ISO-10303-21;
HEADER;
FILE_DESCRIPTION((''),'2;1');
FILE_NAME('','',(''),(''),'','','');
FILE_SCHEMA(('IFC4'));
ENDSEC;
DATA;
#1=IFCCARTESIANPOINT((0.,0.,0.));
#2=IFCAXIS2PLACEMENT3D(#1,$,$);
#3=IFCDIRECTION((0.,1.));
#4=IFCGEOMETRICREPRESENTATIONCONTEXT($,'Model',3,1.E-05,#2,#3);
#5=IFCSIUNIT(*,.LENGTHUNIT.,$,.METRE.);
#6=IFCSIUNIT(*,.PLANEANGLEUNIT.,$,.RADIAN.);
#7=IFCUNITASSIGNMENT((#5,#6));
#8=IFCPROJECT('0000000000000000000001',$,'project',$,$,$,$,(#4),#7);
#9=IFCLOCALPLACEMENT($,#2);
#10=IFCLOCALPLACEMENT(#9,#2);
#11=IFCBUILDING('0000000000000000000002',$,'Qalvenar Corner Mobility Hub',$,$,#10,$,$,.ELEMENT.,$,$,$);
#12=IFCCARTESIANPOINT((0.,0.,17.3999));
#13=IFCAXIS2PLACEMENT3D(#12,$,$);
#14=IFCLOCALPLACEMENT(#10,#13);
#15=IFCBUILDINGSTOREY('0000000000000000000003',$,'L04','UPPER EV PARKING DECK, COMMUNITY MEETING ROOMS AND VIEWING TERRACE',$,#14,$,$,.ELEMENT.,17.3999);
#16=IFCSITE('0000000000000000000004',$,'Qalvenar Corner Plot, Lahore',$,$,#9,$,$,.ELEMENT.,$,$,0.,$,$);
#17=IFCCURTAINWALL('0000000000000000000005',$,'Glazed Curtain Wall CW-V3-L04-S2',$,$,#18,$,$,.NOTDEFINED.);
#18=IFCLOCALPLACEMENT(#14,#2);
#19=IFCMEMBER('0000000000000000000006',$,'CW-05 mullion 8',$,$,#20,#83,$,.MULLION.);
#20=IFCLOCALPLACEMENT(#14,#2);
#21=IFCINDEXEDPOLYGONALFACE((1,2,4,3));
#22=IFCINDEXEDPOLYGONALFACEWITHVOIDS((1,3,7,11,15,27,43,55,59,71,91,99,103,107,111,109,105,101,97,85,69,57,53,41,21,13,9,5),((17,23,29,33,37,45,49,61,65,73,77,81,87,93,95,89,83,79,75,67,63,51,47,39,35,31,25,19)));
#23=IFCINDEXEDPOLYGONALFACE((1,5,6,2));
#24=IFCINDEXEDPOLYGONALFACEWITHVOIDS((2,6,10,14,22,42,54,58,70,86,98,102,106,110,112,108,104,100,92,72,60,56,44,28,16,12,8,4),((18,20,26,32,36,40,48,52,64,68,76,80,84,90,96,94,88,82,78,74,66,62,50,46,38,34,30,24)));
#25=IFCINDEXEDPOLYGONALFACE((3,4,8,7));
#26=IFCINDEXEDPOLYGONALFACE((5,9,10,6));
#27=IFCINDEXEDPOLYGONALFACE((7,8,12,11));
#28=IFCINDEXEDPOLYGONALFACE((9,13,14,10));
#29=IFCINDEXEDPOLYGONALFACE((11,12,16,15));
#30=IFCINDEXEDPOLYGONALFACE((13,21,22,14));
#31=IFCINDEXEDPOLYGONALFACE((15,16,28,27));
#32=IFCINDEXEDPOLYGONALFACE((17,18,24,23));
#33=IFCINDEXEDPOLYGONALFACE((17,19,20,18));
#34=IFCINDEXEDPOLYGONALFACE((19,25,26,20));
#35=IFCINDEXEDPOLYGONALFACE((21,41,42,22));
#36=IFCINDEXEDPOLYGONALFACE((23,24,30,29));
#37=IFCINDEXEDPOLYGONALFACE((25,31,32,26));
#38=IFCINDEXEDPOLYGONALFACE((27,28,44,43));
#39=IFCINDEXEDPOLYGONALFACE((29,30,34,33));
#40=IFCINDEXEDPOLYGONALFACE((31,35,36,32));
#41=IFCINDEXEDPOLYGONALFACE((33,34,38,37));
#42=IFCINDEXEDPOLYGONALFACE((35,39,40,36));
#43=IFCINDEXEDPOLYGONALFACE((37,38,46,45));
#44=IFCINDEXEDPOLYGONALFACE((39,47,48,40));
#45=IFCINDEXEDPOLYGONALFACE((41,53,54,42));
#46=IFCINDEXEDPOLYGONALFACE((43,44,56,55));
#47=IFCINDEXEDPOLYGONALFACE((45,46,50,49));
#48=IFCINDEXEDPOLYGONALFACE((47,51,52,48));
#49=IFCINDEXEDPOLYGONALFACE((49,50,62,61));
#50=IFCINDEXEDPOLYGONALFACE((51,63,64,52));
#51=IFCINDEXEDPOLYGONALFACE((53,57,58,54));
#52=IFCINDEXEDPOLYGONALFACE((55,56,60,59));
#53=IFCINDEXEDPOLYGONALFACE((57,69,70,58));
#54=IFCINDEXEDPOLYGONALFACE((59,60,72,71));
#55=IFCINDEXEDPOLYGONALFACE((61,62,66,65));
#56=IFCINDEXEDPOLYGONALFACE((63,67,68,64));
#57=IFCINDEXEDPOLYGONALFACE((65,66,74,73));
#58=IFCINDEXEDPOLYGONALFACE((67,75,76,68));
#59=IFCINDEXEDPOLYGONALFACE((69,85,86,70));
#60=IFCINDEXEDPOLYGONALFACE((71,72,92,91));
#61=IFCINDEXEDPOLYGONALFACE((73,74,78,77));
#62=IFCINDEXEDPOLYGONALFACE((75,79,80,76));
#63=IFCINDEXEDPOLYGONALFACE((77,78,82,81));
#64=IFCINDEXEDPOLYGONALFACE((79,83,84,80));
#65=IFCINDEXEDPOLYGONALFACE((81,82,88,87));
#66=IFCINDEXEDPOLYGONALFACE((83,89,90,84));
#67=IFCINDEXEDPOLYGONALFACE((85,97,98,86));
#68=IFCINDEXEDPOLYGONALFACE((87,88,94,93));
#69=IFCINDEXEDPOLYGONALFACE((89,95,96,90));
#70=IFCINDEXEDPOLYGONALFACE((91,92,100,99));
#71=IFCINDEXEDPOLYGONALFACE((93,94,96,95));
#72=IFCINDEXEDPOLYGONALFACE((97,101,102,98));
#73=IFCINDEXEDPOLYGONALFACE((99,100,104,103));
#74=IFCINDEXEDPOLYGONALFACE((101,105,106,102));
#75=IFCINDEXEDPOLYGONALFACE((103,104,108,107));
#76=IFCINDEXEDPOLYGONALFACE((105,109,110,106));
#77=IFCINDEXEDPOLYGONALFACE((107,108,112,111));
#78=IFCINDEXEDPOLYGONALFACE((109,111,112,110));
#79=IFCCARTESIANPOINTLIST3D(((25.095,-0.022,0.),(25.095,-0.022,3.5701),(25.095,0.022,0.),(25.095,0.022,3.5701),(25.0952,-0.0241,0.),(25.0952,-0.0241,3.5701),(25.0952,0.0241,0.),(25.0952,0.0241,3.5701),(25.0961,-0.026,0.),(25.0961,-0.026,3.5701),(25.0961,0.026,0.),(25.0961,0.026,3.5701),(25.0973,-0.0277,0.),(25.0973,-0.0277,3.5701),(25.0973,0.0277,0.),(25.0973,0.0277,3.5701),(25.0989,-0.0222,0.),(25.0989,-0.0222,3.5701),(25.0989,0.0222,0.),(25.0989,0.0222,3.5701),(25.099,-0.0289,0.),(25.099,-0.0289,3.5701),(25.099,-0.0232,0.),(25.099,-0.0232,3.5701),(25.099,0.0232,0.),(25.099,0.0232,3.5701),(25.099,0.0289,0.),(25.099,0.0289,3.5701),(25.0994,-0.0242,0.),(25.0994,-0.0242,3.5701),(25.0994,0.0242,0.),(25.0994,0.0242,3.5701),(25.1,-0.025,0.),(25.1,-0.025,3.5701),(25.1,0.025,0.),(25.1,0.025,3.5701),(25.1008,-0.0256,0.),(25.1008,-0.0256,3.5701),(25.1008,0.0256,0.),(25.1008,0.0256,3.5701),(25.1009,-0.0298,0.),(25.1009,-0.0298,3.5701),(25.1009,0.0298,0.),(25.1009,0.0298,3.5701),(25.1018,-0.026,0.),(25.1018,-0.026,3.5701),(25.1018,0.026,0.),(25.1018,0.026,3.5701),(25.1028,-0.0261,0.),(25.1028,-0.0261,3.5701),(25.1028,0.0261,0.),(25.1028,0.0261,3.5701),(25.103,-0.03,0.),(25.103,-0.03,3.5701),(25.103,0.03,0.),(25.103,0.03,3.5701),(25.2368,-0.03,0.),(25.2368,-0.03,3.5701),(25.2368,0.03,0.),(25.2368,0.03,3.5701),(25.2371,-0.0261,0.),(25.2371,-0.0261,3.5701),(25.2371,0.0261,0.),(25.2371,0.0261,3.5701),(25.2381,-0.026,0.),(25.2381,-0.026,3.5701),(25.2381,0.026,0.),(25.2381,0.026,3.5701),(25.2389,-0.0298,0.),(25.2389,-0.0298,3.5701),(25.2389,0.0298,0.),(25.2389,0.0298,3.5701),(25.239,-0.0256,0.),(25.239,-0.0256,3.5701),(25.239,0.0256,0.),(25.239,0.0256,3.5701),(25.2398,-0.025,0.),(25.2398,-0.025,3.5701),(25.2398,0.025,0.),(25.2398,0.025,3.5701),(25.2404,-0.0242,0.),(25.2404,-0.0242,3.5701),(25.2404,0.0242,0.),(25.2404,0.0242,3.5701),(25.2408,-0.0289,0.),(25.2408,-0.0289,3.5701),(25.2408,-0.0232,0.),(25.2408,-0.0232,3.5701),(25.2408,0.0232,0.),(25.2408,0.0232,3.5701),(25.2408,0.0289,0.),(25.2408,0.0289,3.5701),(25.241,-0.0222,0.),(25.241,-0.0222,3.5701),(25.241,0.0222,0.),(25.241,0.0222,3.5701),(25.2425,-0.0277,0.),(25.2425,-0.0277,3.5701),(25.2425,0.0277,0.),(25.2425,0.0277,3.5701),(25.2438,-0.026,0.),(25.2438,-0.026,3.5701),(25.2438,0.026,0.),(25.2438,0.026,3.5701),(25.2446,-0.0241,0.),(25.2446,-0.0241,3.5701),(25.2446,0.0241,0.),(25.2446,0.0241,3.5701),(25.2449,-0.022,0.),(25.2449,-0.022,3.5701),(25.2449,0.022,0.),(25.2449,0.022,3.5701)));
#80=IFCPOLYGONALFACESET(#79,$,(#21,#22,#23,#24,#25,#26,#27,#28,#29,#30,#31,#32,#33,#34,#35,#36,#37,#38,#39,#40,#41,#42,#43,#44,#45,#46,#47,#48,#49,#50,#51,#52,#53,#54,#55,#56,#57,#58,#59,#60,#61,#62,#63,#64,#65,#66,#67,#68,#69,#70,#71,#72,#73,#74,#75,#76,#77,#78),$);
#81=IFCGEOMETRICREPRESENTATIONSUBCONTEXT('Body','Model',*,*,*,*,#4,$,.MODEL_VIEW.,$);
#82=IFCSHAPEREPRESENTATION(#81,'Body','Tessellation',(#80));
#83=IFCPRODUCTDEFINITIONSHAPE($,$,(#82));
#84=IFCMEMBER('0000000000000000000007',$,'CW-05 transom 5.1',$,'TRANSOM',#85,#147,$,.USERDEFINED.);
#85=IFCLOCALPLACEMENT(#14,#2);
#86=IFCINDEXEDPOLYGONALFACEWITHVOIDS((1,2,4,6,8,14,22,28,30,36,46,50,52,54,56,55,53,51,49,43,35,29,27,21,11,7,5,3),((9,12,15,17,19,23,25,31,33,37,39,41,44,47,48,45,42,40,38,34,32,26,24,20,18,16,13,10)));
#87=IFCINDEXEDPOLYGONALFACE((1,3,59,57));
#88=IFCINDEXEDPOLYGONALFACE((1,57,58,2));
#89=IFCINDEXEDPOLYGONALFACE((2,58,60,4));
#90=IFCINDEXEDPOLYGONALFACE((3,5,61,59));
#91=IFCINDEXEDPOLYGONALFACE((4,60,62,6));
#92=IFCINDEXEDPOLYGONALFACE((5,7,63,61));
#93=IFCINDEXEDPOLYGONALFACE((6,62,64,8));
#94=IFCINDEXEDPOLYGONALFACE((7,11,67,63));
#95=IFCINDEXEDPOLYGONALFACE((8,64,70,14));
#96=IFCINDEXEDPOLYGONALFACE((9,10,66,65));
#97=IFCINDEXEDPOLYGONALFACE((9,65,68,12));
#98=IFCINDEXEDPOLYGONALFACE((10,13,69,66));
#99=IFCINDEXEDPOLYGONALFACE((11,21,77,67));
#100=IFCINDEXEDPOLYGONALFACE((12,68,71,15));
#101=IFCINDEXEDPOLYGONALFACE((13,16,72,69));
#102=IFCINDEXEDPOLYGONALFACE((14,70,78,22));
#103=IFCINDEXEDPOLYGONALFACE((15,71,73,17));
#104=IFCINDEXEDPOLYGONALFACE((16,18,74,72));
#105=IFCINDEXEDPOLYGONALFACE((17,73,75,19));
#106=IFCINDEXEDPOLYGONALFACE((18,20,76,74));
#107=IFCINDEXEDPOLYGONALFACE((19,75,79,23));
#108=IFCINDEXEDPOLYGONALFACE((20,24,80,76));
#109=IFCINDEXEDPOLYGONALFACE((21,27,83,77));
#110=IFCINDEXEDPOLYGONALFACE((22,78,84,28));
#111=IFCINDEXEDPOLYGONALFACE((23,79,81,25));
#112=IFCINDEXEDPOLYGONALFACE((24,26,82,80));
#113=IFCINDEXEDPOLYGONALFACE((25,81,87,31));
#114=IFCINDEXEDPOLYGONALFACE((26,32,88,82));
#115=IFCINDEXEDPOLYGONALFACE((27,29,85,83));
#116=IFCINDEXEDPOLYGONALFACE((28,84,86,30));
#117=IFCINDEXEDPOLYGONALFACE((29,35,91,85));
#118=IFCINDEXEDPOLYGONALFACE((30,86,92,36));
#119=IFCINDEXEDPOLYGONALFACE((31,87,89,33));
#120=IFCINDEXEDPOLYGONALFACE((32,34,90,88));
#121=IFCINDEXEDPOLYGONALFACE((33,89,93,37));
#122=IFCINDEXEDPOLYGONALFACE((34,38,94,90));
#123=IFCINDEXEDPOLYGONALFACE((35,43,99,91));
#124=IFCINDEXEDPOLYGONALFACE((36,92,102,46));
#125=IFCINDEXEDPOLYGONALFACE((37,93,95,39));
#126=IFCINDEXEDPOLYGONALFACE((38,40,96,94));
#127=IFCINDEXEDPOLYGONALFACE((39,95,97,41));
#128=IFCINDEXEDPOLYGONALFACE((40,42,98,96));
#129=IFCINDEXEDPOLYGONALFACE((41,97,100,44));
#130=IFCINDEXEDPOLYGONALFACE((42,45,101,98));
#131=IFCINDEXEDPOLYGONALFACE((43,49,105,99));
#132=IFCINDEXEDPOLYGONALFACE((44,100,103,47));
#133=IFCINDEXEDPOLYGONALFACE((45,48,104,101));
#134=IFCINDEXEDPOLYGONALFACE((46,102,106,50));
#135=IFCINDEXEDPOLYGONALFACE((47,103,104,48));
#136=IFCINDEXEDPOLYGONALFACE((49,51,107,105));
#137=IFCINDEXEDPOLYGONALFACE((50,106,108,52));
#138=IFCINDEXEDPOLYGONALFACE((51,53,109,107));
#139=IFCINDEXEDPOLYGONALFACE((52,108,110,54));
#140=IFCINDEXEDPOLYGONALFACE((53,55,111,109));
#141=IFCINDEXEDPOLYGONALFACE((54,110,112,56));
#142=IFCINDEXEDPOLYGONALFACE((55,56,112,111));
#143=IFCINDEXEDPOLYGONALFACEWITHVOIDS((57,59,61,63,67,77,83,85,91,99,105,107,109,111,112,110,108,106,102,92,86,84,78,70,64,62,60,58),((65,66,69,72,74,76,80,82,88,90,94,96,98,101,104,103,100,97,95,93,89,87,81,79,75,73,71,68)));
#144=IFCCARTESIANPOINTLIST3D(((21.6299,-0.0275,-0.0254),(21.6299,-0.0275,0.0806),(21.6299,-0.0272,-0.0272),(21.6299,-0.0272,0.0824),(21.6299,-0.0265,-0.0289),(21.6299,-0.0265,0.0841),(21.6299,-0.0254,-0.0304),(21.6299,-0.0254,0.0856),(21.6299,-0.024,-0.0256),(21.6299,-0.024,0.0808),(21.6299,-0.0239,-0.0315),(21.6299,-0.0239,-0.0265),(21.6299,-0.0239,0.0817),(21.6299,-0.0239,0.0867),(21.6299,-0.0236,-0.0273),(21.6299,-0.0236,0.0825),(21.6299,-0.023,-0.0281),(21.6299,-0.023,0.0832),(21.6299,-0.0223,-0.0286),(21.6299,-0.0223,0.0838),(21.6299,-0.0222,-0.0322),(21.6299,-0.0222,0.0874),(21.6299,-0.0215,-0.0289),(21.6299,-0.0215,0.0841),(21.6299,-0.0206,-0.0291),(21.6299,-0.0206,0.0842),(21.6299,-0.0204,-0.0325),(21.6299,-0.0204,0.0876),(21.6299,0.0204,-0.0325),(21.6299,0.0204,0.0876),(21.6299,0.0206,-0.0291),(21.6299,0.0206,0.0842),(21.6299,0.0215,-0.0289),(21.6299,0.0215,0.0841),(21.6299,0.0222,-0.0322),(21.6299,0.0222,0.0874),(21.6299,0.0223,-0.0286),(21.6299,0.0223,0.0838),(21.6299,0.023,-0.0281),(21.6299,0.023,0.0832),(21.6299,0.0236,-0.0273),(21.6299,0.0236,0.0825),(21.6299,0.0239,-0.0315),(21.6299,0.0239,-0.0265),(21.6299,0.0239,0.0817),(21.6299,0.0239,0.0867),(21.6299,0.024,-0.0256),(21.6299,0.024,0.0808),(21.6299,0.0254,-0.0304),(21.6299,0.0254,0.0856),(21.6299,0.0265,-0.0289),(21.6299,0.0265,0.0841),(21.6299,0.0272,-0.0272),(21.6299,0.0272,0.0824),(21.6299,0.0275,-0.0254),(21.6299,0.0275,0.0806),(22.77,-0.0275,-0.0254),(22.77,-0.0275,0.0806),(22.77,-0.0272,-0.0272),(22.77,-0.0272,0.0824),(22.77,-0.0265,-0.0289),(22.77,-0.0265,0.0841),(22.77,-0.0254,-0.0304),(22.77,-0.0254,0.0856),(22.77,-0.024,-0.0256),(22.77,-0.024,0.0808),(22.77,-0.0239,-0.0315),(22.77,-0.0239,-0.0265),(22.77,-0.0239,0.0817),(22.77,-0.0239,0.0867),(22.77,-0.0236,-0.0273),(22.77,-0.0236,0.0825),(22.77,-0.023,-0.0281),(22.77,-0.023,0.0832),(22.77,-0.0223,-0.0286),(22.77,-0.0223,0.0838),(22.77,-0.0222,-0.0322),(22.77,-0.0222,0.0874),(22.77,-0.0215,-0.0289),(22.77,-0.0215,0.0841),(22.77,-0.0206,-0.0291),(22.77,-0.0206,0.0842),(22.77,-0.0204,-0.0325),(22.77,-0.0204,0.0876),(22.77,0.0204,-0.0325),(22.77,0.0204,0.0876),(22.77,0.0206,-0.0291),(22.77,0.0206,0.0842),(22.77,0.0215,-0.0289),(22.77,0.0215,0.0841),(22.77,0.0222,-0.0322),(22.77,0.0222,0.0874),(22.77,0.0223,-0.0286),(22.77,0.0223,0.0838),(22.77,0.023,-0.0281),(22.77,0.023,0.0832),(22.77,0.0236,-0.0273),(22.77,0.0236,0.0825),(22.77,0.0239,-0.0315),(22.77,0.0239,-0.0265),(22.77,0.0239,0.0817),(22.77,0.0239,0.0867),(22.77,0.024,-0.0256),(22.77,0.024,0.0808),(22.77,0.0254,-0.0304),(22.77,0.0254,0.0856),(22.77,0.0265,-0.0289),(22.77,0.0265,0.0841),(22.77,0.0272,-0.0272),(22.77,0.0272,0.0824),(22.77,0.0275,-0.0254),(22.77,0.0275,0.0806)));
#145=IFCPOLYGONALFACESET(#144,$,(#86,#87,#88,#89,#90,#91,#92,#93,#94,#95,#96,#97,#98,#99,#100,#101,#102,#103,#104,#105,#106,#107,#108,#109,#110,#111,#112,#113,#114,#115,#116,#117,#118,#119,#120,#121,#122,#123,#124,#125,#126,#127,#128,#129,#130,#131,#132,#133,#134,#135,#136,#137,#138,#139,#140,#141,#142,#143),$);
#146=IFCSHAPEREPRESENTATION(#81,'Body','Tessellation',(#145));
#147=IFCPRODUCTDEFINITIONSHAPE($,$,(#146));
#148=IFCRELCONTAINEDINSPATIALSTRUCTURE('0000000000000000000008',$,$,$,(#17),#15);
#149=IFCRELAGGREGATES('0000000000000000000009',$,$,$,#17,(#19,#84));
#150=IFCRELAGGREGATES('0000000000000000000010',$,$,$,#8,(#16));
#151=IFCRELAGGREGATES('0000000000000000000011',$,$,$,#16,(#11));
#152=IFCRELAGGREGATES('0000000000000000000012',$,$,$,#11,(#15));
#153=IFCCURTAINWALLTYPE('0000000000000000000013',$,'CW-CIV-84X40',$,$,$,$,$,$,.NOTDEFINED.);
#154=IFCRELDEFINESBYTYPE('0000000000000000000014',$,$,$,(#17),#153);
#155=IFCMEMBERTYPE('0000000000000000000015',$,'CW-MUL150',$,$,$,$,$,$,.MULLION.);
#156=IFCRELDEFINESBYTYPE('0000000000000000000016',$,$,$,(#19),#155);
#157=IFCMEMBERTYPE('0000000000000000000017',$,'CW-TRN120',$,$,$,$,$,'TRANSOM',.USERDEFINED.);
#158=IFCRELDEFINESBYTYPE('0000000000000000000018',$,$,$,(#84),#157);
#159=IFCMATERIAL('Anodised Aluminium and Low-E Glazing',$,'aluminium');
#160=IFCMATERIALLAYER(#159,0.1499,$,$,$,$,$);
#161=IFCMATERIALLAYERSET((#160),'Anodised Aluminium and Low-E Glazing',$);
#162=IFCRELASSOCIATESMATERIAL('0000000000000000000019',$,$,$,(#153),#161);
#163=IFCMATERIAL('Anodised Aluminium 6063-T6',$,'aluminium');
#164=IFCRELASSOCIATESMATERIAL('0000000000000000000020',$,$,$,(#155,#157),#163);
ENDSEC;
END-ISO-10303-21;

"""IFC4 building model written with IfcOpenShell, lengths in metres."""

from ifc_helpers import new_model, si_unit, direction, frame, origin, origin_2d, place, context, subcontext, project, spatial, hollow_rectangle, extrude, material, layer, layer_set, material_profile, profile_set, type_object, element, aggregate, save


model = new_model("IFC4")

# Units and contexts
model_context = context("Model", 3, precision=1e-05, world=origin(), true_north=direction((0.0, 1.0)))
body_context = subcontext(model_context, "Body", "Model", "MODEL_VIEW")
ifc_project = project(units=[si_unit("LENGTHUNIT", "METRE"), si_unit("PLANEANGLEUNIT", "RADIAN")], contexts=[model_context])

# Site, building, storey
site_placement = place(None, origin())
site = spatial("IfcSite", under=ifc_project, at=site_placement, Name="Qalvenar Corner Plot, Lahore", CompositionType="ELEMENT", RefElevation=0.0)
building_placement = place(site_placement, origin())
building = spatial("IfcBuilding", under=site, at=building_placement, Name="Qalvenar Corner Mobility Hub", CompositionType="ELEMENT")
storey_placement = place(building_placement, frame((0.0, 0.0, 17.3999)))
storey = spatial("IfcBuildingStorey", under=building, at=storey_placement, Name="L04", Description="UPPER EV PARKING DECK, COMMUNITY MEETING ROOMS AND VIEWING TERRACE", CompositionType="ELEMENT", Elevation=17.3999)

# Curtain wall, members
ifc_material_1 = material(Name="Anodised Aluminium and Low-E Glazing", Category="aluminium")
ifc_layer_1 = layer(ifc_material_1, 0.1499)
ifc_layer_set_1 = layer_set([ifc_layer_1], Name="Anodised Aluminium and Low-E Glazing")
curtain_wall_type = type_object("IfcCurtainWallType", Name="CW-CIV-84X40", PredefinedType="NOTDEFINED", material=ifc_layer_set_1)
curtain_wall_placement = place(storey_placement, origin())
curtain_wall = element("IfcCurtainWall", 1, at=curtain_wall_placement, inside=storey, type_object=curtain_wall_type, Name="Glazed Curtain Wall CW-V3-L04-S2", PredefinedType="NOTDEFINED")
ifc_material_2 = material(Name="Anodised Aluminium 6063-T6", Category="aluminium")
ifc_material_profile_1 = material_profile(ifc_material_2, hollow_rectangle(XDim=0.0601, YDim=0.1499, WallThickness=0.0039, InnerFilletRadius=0.0039, OuterFilletRadius=0.0081, at=origin_2d()), Name="RHS150x60x4")
ifc_profile_set_1 = profile_set([ifc_material_profile_1], Name="Anodised Aluminium 6063-T6")
member_type_1 = type_object("IfcMemberType", Name="CW-MUL150", PredefinedType="MULLION", material=ifc_profile_set_1)
member_1_placement = place(storey_placement, frame((25.1699, 0.0, 0.0), z_axis=(0.0, 0.0, 1.0), x_axis=(0.0, 1.0, 0.0)))
member_1 = element("IfcMember", 2, at=member_1_placement, type_object=member_type_1, Name="CW-05 mullion 8", PredefinedType="MULLION", context=body_context, shape_type="SweptSolid", body=[
    extrude(hollow_rectangle(XDim=0.0601, YDim=0.1499, WallThickness=0.0039, InnerFilletRadius=0.0039, OuterFilletRadius=0.0081, at=origin_2d()), origin(), (0.0, 0.0, 1.0), 3.5701),
])
ifc_material_profile_2 = material_profile(ifc_material_2, hollow_rectangle(XDim=0.0549, YDim=0.1201, WallThickness=0.0034, InnerFilletRadius=0.0034, OuterFilletRadius=0.0071, at=origin_2d()), Name="RHS120x55x3.5")
ifc_profile_set_2 = profile_set([ifc_material_profile_2], Name="Anodised Aluminium 6063-T6")
member_type_2 = type_object("IfcMemberType", Name="CW-TRN120", ElementType="TRANSOM", PredefinedType="USERDEFINED", material=ifc_profile_set_2)
member_2_placement = place(storey_placement, frame((21.6299, 0.0, 0.0276), z_axis=(1.0, 0.0, 0.0), x_axis=(0.0, 1.0, 0.0)))
member_2 = element("IfcMember", 3, at=member_2_placement, type_object=member_type_2, Name="CW-05 transom 5.1", ObjectType="TRANSOM", PredefinedType="USERDEFINED", context=body_context, shape_type="SweptSolid", body=[
    extrude(hollow_rectangle(XDim=0.0549, YDim=0.1201, WallThickness=0.0034, InnerFilletRadius=0.0034, OuterFilletRadius=0.0071, at=origin_2d()), origin(), (0.0, 0.0, 1.0), 1.1401),
])
aggregate(curtain_wall, [member_1, member_2])

save(model, "model.ifc")
